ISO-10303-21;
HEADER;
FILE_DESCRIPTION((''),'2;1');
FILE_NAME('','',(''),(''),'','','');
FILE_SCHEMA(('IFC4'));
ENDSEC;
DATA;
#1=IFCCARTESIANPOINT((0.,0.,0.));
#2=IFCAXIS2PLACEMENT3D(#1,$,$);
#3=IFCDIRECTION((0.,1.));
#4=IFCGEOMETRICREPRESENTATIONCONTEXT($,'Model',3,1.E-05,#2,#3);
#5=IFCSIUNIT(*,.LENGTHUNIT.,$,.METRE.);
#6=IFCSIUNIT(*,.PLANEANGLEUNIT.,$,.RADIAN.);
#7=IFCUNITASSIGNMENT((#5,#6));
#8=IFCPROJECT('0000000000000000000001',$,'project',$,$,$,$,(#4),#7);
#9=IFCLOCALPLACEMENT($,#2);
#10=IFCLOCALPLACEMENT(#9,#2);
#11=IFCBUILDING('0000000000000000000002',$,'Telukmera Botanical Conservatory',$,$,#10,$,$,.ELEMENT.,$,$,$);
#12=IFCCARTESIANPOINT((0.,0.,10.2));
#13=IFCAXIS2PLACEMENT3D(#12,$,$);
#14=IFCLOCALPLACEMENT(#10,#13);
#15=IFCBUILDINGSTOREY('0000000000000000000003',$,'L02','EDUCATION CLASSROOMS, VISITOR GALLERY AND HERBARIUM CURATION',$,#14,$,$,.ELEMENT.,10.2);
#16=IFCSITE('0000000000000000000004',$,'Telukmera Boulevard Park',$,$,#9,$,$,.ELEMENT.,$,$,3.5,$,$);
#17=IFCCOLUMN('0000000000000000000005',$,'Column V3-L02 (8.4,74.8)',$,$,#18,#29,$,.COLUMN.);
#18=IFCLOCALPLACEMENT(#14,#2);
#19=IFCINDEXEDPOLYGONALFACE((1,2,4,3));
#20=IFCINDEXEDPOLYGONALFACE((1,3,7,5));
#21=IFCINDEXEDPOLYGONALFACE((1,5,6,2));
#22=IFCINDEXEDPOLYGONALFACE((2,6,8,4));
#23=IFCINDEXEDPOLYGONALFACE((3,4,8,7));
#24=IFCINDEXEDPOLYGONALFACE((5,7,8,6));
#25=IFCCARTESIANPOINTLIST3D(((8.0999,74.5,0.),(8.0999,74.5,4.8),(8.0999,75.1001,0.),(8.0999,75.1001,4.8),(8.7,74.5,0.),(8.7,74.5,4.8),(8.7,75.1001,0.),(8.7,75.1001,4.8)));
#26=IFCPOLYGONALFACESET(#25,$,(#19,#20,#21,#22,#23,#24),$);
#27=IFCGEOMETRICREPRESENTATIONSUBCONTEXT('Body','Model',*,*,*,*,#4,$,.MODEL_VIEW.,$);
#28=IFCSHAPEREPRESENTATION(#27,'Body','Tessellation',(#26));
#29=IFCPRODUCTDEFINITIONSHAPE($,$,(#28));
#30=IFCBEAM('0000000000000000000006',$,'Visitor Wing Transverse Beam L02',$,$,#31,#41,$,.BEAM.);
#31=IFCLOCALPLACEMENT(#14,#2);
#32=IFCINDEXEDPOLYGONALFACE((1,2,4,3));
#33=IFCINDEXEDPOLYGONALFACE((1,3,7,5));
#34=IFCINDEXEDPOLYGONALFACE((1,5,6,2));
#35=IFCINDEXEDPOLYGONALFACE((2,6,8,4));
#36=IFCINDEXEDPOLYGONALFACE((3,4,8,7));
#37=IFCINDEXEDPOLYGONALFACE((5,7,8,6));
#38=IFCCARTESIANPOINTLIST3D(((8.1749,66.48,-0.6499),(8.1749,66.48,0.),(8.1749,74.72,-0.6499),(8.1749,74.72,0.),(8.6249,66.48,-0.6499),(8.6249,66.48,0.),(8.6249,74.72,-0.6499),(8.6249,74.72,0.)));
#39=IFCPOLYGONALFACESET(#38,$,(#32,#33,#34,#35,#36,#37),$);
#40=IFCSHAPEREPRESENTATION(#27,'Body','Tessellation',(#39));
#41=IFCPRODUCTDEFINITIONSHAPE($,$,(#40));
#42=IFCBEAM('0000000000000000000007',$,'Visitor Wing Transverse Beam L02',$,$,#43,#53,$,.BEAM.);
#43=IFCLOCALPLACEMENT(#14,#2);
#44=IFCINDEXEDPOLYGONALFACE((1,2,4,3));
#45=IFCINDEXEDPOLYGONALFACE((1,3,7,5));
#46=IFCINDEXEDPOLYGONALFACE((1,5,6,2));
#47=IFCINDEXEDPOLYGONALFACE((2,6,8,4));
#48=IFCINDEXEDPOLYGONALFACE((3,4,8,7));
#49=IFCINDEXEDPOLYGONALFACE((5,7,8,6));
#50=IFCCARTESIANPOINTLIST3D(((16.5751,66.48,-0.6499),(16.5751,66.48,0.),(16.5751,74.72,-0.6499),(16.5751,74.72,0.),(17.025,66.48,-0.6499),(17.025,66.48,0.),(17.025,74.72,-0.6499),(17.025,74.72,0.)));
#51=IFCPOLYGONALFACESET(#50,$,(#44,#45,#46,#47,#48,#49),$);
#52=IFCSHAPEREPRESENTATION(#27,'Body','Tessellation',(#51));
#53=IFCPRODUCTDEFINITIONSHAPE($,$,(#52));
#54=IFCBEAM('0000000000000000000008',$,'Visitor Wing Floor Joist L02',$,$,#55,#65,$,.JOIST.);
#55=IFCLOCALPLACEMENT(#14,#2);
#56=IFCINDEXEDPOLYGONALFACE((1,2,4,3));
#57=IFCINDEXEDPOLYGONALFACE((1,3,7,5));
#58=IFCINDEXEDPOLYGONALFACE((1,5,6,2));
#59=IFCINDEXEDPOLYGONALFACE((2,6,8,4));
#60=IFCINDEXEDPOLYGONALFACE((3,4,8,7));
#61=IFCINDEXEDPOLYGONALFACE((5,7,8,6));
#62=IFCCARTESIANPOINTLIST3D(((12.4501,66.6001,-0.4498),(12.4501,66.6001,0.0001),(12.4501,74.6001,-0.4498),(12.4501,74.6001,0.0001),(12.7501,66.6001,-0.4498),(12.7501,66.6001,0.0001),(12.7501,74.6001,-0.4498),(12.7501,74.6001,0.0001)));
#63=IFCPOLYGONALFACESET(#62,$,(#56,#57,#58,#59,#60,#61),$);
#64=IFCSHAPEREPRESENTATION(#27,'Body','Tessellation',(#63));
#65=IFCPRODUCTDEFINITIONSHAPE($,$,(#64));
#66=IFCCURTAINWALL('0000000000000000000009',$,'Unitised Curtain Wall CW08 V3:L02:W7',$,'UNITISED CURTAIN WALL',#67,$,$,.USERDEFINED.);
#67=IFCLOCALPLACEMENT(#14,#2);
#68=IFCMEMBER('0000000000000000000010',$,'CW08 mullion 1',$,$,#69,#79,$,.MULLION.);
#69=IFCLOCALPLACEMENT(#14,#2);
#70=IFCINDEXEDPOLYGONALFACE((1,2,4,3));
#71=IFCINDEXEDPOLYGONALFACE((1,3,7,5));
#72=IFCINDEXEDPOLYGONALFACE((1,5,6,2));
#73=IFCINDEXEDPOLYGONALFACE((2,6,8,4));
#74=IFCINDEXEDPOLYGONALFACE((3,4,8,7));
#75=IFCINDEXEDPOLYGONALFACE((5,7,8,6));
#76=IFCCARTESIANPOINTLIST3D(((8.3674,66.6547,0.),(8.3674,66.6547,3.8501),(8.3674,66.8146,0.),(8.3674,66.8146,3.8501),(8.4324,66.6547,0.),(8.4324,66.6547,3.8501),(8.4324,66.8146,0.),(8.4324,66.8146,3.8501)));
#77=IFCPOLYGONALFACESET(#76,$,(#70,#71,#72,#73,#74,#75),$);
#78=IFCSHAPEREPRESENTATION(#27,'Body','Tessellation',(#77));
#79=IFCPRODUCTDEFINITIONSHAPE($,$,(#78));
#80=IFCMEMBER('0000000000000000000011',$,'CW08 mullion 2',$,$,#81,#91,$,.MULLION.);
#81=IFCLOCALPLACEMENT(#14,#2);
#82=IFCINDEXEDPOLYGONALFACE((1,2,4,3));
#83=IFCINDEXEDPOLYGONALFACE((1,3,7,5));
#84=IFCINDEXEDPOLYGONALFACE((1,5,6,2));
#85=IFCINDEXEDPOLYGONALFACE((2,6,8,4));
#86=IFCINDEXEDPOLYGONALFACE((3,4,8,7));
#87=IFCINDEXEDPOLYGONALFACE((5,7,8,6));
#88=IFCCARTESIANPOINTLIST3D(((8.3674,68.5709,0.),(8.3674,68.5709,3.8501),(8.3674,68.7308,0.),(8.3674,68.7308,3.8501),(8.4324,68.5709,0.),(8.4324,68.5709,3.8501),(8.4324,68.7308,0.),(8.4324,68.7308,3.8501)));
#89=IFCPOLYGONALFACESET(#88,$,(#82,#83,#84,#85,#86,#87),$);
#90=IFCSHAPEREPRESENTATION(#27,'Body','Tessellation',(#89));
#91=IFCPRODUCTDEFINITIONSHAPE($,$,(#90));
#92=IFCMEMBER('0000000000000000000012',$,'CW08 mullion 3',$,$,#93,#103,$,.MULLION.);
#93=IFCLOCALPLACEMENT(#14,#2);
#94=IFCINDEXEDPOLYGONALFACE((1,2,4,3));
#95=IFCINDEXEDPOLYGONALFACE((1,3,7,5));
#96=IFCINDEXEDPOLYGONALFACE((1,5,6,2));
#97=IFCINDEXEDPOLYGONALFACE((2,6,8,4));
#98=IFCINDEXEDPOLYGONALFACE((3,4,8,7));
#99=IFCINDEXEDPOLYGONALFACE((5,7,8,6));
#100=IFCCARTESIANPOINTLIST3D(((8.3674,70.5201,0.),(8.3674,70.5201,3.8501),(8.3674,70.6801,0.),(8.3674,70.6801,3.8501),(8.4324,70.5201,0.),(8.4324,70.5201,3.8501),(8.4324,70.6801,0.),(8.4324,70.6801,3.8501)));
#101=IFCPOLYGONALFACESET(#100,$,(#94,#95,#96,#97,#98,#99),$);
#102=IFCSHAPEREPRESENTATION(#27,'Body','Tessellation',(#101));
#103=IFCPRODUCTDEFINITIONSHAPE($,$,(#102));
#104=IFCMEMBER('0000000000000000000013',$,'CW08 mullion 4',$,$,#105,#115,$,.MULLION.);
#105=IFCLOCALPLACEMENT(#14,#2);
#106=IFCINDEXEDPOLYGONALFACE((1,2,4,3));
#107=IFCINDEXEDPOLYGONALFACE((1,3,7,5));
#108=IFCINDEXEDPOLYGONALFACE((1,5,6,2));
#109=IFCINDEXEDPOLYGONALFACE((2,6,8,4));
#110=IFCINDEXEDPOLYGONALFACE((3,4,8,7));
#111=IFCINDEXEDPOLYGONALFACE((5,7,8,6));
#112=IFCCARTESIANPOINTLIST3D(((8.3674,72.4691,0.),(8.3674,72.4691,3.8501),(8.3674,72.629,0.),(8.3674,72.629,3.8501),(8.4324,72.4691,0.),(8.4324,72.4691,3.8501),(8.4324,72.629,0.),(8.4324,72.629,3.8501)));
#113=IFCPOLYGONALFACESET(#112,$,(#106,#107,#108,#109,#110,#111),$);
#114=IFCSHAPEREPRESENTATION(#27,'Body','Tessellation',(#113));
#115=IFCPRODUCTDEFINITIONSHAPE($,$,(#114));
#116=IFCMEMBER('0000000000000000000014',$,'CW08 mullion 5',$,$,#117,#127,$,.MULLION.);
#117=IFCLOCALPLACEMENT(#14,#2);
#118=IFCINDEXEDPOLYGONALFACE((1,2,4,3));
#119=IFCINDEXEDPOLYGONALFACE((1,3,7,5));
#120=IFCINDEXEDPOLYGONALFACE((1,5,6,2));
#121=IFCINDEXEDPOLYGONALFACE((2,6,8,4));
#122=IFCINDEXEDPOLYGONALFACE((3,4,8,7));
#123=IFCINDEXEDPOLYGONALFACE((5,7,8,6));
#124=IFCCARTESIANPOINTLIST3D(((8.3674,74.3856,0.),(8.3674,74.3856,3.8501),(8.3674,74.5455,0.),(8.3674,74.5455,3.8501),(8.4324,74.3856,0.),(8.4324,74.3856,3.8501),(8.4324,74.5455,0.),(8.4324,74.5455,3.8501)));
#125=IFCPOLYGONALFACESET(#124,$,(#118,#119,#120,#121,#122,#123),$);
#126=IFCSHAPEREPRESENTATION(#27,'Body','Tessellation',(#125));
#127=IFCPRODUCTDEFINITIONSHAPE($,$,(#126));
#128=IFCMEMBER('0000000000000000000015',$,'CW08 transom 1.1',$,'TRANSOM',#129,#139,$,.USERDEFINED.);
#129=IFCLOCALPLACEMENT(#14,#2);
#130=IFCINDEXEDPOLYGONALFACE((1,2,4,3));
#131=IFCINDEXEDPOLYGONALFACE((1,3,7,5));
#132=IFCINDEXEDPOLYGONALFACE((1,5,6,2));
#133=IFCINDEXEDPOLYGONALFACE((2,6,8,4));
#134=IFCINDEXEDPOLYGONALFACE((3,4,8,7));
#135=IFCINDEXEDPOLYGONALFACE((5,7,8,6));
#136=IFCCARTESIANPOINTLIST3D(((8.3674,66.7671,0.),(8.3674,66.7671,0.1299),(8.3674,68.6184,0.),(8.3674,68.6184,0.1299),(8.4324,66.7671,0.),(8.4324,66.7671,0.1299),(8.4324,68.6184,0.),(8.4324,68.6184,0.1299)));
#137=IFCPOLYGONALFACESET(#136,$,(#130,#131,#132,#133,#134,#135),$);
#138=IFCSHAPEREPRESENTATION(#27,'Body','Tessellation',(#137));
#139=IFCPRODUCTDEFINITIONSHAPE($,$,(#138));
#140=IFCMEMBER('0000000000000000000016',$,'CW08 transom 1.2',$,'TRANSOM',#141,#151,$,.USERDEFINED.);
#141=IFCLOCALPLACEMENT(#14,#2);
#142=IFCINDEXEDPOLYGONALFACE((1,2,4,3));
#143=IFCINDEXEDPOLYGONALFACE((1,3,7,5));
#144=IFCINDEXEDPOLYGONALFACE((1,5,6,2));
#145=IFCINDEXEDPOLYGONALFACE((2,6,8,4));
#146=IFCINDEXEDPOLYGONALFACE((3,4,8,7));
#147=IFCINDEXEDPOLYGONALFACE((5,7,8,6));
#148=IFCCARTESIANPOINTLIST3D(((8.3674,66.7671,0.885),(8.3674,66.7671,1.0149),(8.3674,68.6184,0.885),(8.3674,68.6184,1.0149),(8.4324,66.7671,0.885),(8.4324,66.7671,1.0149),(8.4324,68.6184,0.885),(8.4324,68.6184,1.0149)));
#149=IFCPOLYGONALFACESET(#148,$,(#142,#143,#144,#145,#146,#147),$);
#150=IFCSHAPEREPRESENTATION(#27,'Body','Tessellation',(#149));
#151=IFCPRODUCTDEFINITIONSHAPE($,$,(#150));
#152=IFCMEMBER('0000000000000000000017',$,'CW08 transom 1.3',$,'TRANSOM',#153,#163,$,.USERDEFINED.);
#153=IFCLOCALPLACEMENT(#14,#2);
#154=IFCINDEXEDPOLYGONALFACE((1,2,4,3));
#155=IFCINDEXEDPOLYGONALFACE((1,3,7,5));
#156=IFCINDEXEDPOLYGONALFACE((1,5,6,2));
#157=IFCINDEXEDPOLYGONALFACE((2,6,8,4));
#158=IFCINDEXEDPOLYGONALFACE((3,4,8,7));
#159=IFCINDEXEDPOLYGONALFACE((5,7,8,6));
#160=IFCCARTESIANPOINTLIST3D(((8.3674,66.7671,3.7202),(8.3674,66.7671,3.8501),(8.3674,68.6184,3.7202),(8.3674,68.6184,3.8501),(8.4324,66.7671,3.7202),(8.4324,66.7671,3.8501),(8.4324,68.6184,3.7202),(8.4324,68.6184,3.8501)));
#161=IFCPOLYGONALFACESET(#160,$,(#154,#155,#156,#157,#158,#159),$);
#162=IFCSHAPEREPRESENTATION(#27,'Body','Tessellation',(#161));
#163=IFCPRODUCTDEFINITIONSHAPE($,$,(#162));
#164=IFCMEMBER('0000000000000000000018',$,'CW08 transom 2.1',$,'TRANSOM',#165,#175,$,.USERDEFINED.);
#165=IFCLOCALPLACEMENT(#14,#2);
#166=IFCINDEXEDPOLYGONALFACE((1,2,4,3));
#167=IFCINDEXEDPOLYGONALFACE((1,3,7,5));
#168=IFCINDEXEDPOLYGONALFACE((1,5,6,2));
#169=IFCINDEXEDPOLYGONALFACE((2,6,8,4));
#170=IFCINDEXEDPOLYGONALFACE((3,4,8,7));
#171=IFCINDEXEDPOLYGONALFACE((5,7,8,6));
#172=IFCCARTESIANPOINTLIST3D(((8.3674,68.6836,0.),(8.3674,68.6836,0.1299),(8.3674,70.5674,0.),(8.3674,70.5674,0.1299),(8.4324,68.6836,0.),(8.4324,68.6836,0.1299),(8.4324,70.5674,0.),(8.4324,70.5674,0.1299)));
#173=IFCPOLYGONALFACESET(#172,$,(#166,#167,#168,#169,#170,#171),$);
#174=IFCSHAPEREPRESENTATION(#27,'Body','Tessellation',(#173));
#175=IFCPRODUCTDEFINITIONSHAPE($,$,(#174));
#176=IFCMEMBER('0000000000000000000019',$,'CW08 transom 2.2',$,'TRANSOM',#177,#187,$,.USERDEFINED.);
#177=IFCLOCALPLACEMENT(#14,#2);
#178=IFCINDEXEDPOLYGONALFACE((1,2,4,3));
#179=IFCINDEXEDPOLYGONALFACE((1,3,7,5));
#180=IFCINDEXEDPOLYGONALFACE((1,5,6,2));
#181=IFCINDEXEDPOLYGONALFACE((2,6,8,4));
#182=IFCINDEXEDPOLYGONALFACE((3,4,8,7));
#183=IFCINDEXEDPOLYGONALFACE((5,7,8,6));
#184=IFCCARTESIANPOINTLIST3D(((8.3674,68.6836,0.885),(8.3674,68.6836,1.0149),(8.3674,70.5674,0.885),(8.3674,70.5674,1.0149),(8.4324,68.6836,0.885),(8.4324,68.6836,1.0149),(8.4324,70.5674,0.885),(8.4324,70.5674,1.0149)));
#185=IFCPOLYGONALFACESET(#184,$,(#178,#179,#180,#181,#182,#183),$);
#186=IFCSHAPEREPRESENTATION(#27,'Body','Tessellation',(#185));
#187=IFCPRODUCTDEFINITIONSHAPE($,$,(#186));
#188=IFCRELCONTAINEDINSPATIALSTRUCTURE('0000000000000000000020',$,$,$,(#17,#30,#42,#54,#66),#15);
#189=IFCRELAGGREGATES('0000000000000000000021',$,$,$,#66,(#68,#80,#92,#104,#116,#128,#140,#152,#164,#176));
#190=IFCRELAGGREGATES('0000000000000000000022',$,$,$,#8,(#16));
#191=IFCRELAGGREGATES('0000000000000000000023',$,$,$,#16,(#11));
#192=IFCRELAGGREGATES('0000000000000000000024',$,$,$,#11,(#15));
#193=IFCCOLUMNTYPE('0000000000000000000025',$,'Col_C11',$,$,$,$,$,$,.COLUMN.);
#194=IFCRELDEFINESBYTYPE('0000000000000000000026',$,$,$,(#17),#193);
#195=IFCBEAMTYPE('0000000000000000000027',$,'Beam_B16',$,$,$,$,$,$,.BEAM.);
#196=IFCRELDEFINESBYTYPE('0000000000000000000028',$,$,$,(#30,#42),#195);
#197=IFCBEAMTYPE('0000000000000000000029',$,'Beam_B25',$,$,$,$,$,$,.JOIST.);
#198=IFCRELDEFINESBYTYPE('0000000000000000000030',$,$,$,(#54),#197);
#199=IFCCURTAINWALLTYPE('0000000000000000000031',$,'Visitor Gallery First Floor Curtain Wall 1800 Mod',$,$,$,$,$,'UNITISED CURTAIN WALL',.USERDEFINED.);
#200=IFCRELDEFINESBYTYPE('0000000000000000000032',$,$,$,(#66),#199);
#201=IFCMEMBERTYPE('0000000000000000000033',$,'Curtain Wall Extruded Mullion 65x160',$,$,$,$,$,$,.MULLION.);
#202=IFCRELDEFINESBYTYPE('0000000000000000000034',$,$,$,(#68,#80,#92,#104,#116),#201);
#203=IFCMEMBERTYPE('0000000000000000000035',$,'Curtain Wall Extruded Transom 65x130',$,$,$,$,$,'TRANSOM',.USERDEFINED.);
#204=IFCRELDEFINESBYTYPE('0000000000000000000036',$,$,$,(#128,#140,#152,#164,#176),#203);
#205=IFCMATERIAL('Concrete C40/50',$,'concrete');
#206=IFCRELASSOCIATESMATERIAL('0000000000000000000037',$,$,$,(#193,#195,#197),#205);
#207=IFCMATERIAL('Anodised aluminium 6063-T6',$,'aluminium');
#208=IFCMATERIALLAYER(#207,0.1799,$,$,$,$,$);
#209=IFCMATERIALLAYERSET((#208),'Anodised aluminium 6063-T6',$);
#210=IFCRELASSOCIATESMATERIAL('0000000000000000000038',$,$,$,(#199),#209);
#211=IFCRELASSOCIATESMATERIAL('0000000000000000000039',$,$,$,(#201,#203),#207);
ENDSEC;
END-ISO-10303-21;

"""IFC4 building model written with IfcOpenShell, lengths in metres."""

from ifc_helpers import new_model, si_unit, direction, frame, origin, origin_2d, place, context, subcontext, project, spatial, rectangle, extrude, material, layer, layer_set, material_profile, profile_set, type_object, element, aggregate, save


model = new_model("IFC4")

# Units and contexts
model_context = context("Model", 3, precision=1e-05, world=origin(), true_north=direction((0.0, 1.0)))
body_context = subcontext(model_context, "Body", "Model", "MODEL_VIEW")
ifc_project = project(units=[si_unit("LENGTHUNIT", "METRE"), si_unit("PLANEANGLEUNIT", "RADIAN")], contexts=[model_context])

# Site, building, storey
site_placement = place(None, origin())
site = spatial("IfcSite", under=ifc_project, at=site_placement, Name="Telukmera Boulevard Park", CompositionType="ELEMENT", RefElevation=3.5)
building_placement = place(site_placement, origin())
building = spatial("IfcBuilding", under=site, at=building_placement, Name="Telukmera Botanical Conservatory", CompositionType="ELEMENT")
storey_placement = place(building_placement, frame((0.0, 0.0, 10.2)))
storey = spatial("IfcBuildingStorey", under=building, at=storey_placement, Name="L02", Description="EDUCATION CLASSROOMS, VISITOR GALLERY AND HERBARIUM CURATION", CompositionType="ELEMENT", Elevation=10.2)

# Column
ifc_material_1 = material(Name="Concrete C40/50", Category="concrete")
ifc_material_profile_1 = material_profile(ifc_material_1, rectangle(XDim=0.6001, YDim=0.6001, at=origin_2d()), Name="RC 600x600")
ifc_profile_set_1 = profile_set([ifc_material_profile_1], Name="Concrete C40/50")
column_type = type_object("IfcColumnType", Name="Col_C11", PredefinedType="COLUMN", material=ifc_profile_set_1)
column_placement = place(storey_placement, frame((8.3999, 74.8, 0.0), z_axis=(0.0, 0.0, 1.0), x_axis=(1.0, 0.0, 0.0)))
element("IfcColumn", 1, at=column_placement, inside=storey, type_object=column_type, Name="Column V3-L02 (8.4,74.8)", PredefinedType="COLUMN", context=body_context, shape_type="SweptSolid", body=[
    extrude(rectangle(XDim=0.6001, YDim=0.6001, at=origin_2d()), origin(), (0.0, 0.0, 1.0), 4.8),
])

# Beams
ifc_material_profile_2 = material_profile(ifc_material_1, rectangle(XDim=0.45, YDim=0.6499, at=origin_2d()), Name="RC 450x650")
ifc_profile_set_2 = profile_set([ifc_material_profile_2], Name="Concrete C40/50")
beam_type_1 = type_object("IfcBeamType", Name="Beam_B16", PredefinedType="BEAM", material=ifc_profile_set_2)
for number, where, z_axis, x_axis, name in (
    (2, (8.3999, 66.48, -0.325), (0.0, 1.0, 0.0), (-1.0, 0.0, 0.0), "Visitor Wing Transverse Beam L02"),
    (3, (16.8, 66.48, -0.325), (0.0, 1.0, 0.0), (-1.0, 0.0, 0.0), "Visitor Wing Transverse Beam L02"),
):
    element("IfcBeam", number, at=place(storey_placement, frame(where, z_axis=z_axis, x_axis=x_axis)), inside=storey, type_object=beam_type_1, Name=name, PredefinedType="BEAM", context=body_context, shape_type="SweptSolid", body=[
        extrude(rectangle(XDim=0.45, YDim=0.6499, at=origin_2d()), origin(), (0.0, 0.0, 1.0), 8.24),
    ])
ifc_material_profile_3 = material_profile(ifc_material_1, rectangle(XDim=0.3, YDim=0.45, at=origin_2d()), Name="RC 300x450")
ifc_profile_set_3 = profile_set([ifc_material_profile_3], Name="Concrete C40/50")
beam_type_2 = type_object("IfcBeamType", Name="Beam_B25", PredefinedType="JOIST", material=ifc_profile_set_3)
beam_placement = place(storey_placement, frame((12.6001, 66.6001, -0.2249), z_axis=(0.0, 1.0, 0.0), x_axis=(-1.0, 0.0, 0.0)))
element("IfcBeam", 4, at=beam_placement, inside=storey, type_object=beam_type_2, Name="Visitor Wing Floor Joist L02", PredefinedType="JOIST", context=body_context, shape_type="SweptSolid", body=[
    extrude(rectangle(XDim=0.3, YDim=0.45, at=origin_2d()), origin(), (0.0, 0.0, 1.0), 8.0),
])

# Curtain wall, members
ifc_material_2 = material(Name="Anodised aluminium 6063-T6", Category="aluminium")
ifc_layer_1 = layer(ifc_material_2, 0.1799)
ifc_layer_set_1 = layer_set([ifc_layer_1], Name="Anodised aluminium 6063-T6")
curtain_wall_type = type_object("IfcCurtainWallType", Name="Visitor Gallery First Floor Curtain Wall 1800 Mod", ElementType="UNITISED CURTAIN WALL", PredefinedType="USERDEFINED", material=ifc_layer_set_1)
curtain_wall_placement = place(storey_placement, origin())
curtain_wall = element("IfcCurtainWall", 5, at=curtain_wall_placement, inside=storey, type_object=curtain_wall_type, Name="Unitised Curtain Wall CW08 V3:L02:W7", ObjectType="UNITISED CURTAIN WALL", PredefinedType="USERDEFINED")
ifc_material_profile_4 = material_profile(ifc_material_2, rectangle(XDim=0.0649, YDim=0.1599, at=origin_2d()), Name="ALU MULL 65x160")
ifc_profile_set_4 = profile_set([ifc_material_profile_4], Name="Anodised aluminium 6063-T6")
member_type_1 = type_object("IfcMemberType", Name="Curtain Wall Extruded Mullion 65x160", PredefinedType="MULLION", material=ifc_profile_set_4)
member_1_placement = place(storey_placement, frame((8.3999, 66.7346, 0.0), z_axis=(0.0, 0.0, 1.0), x_axis=(-1.0, 0.0, 0.0)))
member_1 = element("IfcMember", 6, at=member_1_placement, type_object=member_type_1, Name="CW08 mullion 1", PredefinedType="MULLION", context=body_context, shape_type="SweptSolid", body=[
    extrude(rectangle(XDim=0.0649, YDim=0.1599, at=origin_2d()), origin(), (0.0, 0.0, 1.0), 3.8501),
])
member_2_placement = place(storey_placement, frame((8.3999, 68.6509, 0.0), z_axis=(0.0, 0.0, 1.0), x_axis=(-1.0, 0.0, 0.0)))
member_2 = element("IfcMember", 7, at=member_2_placement, type_object=member_type_1, Name="CW08 mullion 2", PredefinedType="MULLION", context=body_context, shape_type="SweptSolid", body=[
    extrude(rectangle(XDim=0.0649, YDim=0.1599, at=origin_2d()), origin(), (0.0, 0.0, 1.0), 3.8501),
])
member_3_placement = place(storey_placement, frame((8.3999, 70.6001, 0.0), z_axis=(0.0, 0.0, 1.0), x_axis=(-1.0, 0.0, 0.0)))
member_3 = element("IfcMember", 8, at=member_3_placement, type_object=member_type_1, Name="CW08 mullion 3", PredefinedType="MULLION", context=body_context, shape_type="SweptSolid", body=[
    extrude(rectangle(XDim=0.0649, YDim=0.1599, at=origin_2d()), origin(), (0.0, 0.0, 1.0), 3.8501),
])
member_4_placement = place(storey_placement, frame((8.3999, 72.5491, 0.0), z_axis=(0.0, 0.0, 1.0), x_axis=(-1.0, 0.0, 0.0)))
member_4 = element("IfcMember", 9, at=member_4_placement, type_object=member_type_1, Name="CW08 mullion 4", PredefinedType="MULLION", context=body_context, shape_type="SweptSolid", body=[
    extrude(rectangle(XDim=0.0649, YDim=0.1599, at=origin_2d()), origin(), (0.0, 0.0, 1.0), 3.8501),
])
member_5_placement = place(storey_placement, frame((8.3999, 74.4656, 0.0), z_axis=(0.0, 0.0, 1.0), x_axis=(-1.0, 0.0, 0.0)))
member_5 = element("IfcMember", 10, at=member_5_placement, type_object=member_type_1, Name="CW08 mullion 5", PredefinedType="MULLION", context=body_context, shape_type="SweptSolid", body=[
    extrude(rectangle(XDim=0.0649, YDim=0.1599, at=origin_2d()), origin(), (0.0, 0.0, 1.0), 3.8501),
])
ifc_material_profile_5 = material_profile(ifc_material_2, rectangle(XDim=0.0649, YDim=0.1299, at=origin_2d()), Name="ALU TRAN 65x130")
ifc_profile_set_5 = profile_set([ifc_material_profile_5], Name="Anodised aluminium 6063-T6")
member_type_2 = type_object("IfcMemberType", Name="Curtain Wall Extruded Transom 65x130", ElementType="TRANSOM", PredefinedType="USERDEFINED", material=ifc_profile_set_5)
member_6_placement = place(storey_placement, frame((8.3999, 66.7671, 0.0649), z_axis=(0.0, 1.0, 0.0), x_axis=(-1.0, 0.0, 0.0)))
member_6 = element("IfcMember", 11, at=member_6_placement, type_object=member_type_2, Name="CW08 transom 1.1", ObjectType="TRANSOM", PredefinedType="USERDEFINED", context=body_context, shape_type="SweptSolid", body=[
    extrude(rectangle(XDim=0.0649, YDim=0.1299, at=origin_2d()), origin(), (0.0, 0.0, 1.0), 1.8513),
])
member_7_placement = place(storey_placement, frame((8.3999, 66.7671, 0.95), z_axis=(0.0, 1.0, 0.0), x_axis=(-1.0, 0.0, 0.0)))
member_7 = element("IfcMember", 12, at=member_7_placement, type_object=member_type_2, Name="CW08 transom 1.2", ObjectType="TRANSOM", PredefinedType="USERDEFINED", context=body_context, shape_type="SweptSolid", body=[
    extrude(rectangle(XDim=0.0649, YDim=0.1299, at=origin_2d()), origin(), (0.0, 0.0, 1.0), 1.8513),
])
member_8_placement = place(storey_placement, frame((8.3999, 66.7671, 3.7852), z_axis=(0.0, 1.0, 0.0), x_axis=(-1.0, 0.0, 0.0)))
member_8 = element("IfcMember", 13, at=member_8_placement, type_object=member_type_2, Name="CW08 transom 1.3", ObjectType="TRANSOM", PredefinedType="USERDEFINED", context=body_context, shape_type="SweptSolid", body=[
    extrude(rectangle(XDim=0.0649, YDim=0.1299, at=origin_2d()), origin(), (0.0, 0.0, 1.0), 1.8513),
])
member_9_placement = place(storey_placement, frame((8.3999, 68.6836, 0.0649), z_axis=(0.0, 1.0, 0.0), x_axis=(-1.0, 0.0, 0.0)))
member_9 = element("IfcMember", 14, at=member_9_placement, type_object=member_type_2, Name="CW08 transom 2.1", ObjectType="TRANSOM", PredefinedType="USERDEFINED", context=body_context, shape_type="SweptSolid", body=[
    extrude(rectangle(XDim=0.0649, YDim=0.1299, at=origin_2d()), origin(), (0.0, 0.0, 1.0), 1.8838),
])
member_10_placement = place(storey_placement, frame((8.3999, 68.6836, 0.95), z_axis=(0.0, 1.0, 0.0), x_axis=(-1.0, 0.0, 0.0)))
member_10 = element("IfcMember", 15, at=member_10_placement, type_object=member_type_2, Name="CW08 transom 2.2", ObjectType="TRANSOM", PredefinedType="USERDEFINED", context=body_context, shape_type="SweptSolid", body=[
    extrude(rectangle(XDim=0.0649, YDim=0.1299, at=origin_2d()), origin(), (0.0, 0.0, 1.0), 1.8838),
])
aggregate(curtain_wall, [member_1, member_2, member_3, member_4, member_5, member_6, member_7, member_8, member_9, member_10])

save(model, "model.ifc")
